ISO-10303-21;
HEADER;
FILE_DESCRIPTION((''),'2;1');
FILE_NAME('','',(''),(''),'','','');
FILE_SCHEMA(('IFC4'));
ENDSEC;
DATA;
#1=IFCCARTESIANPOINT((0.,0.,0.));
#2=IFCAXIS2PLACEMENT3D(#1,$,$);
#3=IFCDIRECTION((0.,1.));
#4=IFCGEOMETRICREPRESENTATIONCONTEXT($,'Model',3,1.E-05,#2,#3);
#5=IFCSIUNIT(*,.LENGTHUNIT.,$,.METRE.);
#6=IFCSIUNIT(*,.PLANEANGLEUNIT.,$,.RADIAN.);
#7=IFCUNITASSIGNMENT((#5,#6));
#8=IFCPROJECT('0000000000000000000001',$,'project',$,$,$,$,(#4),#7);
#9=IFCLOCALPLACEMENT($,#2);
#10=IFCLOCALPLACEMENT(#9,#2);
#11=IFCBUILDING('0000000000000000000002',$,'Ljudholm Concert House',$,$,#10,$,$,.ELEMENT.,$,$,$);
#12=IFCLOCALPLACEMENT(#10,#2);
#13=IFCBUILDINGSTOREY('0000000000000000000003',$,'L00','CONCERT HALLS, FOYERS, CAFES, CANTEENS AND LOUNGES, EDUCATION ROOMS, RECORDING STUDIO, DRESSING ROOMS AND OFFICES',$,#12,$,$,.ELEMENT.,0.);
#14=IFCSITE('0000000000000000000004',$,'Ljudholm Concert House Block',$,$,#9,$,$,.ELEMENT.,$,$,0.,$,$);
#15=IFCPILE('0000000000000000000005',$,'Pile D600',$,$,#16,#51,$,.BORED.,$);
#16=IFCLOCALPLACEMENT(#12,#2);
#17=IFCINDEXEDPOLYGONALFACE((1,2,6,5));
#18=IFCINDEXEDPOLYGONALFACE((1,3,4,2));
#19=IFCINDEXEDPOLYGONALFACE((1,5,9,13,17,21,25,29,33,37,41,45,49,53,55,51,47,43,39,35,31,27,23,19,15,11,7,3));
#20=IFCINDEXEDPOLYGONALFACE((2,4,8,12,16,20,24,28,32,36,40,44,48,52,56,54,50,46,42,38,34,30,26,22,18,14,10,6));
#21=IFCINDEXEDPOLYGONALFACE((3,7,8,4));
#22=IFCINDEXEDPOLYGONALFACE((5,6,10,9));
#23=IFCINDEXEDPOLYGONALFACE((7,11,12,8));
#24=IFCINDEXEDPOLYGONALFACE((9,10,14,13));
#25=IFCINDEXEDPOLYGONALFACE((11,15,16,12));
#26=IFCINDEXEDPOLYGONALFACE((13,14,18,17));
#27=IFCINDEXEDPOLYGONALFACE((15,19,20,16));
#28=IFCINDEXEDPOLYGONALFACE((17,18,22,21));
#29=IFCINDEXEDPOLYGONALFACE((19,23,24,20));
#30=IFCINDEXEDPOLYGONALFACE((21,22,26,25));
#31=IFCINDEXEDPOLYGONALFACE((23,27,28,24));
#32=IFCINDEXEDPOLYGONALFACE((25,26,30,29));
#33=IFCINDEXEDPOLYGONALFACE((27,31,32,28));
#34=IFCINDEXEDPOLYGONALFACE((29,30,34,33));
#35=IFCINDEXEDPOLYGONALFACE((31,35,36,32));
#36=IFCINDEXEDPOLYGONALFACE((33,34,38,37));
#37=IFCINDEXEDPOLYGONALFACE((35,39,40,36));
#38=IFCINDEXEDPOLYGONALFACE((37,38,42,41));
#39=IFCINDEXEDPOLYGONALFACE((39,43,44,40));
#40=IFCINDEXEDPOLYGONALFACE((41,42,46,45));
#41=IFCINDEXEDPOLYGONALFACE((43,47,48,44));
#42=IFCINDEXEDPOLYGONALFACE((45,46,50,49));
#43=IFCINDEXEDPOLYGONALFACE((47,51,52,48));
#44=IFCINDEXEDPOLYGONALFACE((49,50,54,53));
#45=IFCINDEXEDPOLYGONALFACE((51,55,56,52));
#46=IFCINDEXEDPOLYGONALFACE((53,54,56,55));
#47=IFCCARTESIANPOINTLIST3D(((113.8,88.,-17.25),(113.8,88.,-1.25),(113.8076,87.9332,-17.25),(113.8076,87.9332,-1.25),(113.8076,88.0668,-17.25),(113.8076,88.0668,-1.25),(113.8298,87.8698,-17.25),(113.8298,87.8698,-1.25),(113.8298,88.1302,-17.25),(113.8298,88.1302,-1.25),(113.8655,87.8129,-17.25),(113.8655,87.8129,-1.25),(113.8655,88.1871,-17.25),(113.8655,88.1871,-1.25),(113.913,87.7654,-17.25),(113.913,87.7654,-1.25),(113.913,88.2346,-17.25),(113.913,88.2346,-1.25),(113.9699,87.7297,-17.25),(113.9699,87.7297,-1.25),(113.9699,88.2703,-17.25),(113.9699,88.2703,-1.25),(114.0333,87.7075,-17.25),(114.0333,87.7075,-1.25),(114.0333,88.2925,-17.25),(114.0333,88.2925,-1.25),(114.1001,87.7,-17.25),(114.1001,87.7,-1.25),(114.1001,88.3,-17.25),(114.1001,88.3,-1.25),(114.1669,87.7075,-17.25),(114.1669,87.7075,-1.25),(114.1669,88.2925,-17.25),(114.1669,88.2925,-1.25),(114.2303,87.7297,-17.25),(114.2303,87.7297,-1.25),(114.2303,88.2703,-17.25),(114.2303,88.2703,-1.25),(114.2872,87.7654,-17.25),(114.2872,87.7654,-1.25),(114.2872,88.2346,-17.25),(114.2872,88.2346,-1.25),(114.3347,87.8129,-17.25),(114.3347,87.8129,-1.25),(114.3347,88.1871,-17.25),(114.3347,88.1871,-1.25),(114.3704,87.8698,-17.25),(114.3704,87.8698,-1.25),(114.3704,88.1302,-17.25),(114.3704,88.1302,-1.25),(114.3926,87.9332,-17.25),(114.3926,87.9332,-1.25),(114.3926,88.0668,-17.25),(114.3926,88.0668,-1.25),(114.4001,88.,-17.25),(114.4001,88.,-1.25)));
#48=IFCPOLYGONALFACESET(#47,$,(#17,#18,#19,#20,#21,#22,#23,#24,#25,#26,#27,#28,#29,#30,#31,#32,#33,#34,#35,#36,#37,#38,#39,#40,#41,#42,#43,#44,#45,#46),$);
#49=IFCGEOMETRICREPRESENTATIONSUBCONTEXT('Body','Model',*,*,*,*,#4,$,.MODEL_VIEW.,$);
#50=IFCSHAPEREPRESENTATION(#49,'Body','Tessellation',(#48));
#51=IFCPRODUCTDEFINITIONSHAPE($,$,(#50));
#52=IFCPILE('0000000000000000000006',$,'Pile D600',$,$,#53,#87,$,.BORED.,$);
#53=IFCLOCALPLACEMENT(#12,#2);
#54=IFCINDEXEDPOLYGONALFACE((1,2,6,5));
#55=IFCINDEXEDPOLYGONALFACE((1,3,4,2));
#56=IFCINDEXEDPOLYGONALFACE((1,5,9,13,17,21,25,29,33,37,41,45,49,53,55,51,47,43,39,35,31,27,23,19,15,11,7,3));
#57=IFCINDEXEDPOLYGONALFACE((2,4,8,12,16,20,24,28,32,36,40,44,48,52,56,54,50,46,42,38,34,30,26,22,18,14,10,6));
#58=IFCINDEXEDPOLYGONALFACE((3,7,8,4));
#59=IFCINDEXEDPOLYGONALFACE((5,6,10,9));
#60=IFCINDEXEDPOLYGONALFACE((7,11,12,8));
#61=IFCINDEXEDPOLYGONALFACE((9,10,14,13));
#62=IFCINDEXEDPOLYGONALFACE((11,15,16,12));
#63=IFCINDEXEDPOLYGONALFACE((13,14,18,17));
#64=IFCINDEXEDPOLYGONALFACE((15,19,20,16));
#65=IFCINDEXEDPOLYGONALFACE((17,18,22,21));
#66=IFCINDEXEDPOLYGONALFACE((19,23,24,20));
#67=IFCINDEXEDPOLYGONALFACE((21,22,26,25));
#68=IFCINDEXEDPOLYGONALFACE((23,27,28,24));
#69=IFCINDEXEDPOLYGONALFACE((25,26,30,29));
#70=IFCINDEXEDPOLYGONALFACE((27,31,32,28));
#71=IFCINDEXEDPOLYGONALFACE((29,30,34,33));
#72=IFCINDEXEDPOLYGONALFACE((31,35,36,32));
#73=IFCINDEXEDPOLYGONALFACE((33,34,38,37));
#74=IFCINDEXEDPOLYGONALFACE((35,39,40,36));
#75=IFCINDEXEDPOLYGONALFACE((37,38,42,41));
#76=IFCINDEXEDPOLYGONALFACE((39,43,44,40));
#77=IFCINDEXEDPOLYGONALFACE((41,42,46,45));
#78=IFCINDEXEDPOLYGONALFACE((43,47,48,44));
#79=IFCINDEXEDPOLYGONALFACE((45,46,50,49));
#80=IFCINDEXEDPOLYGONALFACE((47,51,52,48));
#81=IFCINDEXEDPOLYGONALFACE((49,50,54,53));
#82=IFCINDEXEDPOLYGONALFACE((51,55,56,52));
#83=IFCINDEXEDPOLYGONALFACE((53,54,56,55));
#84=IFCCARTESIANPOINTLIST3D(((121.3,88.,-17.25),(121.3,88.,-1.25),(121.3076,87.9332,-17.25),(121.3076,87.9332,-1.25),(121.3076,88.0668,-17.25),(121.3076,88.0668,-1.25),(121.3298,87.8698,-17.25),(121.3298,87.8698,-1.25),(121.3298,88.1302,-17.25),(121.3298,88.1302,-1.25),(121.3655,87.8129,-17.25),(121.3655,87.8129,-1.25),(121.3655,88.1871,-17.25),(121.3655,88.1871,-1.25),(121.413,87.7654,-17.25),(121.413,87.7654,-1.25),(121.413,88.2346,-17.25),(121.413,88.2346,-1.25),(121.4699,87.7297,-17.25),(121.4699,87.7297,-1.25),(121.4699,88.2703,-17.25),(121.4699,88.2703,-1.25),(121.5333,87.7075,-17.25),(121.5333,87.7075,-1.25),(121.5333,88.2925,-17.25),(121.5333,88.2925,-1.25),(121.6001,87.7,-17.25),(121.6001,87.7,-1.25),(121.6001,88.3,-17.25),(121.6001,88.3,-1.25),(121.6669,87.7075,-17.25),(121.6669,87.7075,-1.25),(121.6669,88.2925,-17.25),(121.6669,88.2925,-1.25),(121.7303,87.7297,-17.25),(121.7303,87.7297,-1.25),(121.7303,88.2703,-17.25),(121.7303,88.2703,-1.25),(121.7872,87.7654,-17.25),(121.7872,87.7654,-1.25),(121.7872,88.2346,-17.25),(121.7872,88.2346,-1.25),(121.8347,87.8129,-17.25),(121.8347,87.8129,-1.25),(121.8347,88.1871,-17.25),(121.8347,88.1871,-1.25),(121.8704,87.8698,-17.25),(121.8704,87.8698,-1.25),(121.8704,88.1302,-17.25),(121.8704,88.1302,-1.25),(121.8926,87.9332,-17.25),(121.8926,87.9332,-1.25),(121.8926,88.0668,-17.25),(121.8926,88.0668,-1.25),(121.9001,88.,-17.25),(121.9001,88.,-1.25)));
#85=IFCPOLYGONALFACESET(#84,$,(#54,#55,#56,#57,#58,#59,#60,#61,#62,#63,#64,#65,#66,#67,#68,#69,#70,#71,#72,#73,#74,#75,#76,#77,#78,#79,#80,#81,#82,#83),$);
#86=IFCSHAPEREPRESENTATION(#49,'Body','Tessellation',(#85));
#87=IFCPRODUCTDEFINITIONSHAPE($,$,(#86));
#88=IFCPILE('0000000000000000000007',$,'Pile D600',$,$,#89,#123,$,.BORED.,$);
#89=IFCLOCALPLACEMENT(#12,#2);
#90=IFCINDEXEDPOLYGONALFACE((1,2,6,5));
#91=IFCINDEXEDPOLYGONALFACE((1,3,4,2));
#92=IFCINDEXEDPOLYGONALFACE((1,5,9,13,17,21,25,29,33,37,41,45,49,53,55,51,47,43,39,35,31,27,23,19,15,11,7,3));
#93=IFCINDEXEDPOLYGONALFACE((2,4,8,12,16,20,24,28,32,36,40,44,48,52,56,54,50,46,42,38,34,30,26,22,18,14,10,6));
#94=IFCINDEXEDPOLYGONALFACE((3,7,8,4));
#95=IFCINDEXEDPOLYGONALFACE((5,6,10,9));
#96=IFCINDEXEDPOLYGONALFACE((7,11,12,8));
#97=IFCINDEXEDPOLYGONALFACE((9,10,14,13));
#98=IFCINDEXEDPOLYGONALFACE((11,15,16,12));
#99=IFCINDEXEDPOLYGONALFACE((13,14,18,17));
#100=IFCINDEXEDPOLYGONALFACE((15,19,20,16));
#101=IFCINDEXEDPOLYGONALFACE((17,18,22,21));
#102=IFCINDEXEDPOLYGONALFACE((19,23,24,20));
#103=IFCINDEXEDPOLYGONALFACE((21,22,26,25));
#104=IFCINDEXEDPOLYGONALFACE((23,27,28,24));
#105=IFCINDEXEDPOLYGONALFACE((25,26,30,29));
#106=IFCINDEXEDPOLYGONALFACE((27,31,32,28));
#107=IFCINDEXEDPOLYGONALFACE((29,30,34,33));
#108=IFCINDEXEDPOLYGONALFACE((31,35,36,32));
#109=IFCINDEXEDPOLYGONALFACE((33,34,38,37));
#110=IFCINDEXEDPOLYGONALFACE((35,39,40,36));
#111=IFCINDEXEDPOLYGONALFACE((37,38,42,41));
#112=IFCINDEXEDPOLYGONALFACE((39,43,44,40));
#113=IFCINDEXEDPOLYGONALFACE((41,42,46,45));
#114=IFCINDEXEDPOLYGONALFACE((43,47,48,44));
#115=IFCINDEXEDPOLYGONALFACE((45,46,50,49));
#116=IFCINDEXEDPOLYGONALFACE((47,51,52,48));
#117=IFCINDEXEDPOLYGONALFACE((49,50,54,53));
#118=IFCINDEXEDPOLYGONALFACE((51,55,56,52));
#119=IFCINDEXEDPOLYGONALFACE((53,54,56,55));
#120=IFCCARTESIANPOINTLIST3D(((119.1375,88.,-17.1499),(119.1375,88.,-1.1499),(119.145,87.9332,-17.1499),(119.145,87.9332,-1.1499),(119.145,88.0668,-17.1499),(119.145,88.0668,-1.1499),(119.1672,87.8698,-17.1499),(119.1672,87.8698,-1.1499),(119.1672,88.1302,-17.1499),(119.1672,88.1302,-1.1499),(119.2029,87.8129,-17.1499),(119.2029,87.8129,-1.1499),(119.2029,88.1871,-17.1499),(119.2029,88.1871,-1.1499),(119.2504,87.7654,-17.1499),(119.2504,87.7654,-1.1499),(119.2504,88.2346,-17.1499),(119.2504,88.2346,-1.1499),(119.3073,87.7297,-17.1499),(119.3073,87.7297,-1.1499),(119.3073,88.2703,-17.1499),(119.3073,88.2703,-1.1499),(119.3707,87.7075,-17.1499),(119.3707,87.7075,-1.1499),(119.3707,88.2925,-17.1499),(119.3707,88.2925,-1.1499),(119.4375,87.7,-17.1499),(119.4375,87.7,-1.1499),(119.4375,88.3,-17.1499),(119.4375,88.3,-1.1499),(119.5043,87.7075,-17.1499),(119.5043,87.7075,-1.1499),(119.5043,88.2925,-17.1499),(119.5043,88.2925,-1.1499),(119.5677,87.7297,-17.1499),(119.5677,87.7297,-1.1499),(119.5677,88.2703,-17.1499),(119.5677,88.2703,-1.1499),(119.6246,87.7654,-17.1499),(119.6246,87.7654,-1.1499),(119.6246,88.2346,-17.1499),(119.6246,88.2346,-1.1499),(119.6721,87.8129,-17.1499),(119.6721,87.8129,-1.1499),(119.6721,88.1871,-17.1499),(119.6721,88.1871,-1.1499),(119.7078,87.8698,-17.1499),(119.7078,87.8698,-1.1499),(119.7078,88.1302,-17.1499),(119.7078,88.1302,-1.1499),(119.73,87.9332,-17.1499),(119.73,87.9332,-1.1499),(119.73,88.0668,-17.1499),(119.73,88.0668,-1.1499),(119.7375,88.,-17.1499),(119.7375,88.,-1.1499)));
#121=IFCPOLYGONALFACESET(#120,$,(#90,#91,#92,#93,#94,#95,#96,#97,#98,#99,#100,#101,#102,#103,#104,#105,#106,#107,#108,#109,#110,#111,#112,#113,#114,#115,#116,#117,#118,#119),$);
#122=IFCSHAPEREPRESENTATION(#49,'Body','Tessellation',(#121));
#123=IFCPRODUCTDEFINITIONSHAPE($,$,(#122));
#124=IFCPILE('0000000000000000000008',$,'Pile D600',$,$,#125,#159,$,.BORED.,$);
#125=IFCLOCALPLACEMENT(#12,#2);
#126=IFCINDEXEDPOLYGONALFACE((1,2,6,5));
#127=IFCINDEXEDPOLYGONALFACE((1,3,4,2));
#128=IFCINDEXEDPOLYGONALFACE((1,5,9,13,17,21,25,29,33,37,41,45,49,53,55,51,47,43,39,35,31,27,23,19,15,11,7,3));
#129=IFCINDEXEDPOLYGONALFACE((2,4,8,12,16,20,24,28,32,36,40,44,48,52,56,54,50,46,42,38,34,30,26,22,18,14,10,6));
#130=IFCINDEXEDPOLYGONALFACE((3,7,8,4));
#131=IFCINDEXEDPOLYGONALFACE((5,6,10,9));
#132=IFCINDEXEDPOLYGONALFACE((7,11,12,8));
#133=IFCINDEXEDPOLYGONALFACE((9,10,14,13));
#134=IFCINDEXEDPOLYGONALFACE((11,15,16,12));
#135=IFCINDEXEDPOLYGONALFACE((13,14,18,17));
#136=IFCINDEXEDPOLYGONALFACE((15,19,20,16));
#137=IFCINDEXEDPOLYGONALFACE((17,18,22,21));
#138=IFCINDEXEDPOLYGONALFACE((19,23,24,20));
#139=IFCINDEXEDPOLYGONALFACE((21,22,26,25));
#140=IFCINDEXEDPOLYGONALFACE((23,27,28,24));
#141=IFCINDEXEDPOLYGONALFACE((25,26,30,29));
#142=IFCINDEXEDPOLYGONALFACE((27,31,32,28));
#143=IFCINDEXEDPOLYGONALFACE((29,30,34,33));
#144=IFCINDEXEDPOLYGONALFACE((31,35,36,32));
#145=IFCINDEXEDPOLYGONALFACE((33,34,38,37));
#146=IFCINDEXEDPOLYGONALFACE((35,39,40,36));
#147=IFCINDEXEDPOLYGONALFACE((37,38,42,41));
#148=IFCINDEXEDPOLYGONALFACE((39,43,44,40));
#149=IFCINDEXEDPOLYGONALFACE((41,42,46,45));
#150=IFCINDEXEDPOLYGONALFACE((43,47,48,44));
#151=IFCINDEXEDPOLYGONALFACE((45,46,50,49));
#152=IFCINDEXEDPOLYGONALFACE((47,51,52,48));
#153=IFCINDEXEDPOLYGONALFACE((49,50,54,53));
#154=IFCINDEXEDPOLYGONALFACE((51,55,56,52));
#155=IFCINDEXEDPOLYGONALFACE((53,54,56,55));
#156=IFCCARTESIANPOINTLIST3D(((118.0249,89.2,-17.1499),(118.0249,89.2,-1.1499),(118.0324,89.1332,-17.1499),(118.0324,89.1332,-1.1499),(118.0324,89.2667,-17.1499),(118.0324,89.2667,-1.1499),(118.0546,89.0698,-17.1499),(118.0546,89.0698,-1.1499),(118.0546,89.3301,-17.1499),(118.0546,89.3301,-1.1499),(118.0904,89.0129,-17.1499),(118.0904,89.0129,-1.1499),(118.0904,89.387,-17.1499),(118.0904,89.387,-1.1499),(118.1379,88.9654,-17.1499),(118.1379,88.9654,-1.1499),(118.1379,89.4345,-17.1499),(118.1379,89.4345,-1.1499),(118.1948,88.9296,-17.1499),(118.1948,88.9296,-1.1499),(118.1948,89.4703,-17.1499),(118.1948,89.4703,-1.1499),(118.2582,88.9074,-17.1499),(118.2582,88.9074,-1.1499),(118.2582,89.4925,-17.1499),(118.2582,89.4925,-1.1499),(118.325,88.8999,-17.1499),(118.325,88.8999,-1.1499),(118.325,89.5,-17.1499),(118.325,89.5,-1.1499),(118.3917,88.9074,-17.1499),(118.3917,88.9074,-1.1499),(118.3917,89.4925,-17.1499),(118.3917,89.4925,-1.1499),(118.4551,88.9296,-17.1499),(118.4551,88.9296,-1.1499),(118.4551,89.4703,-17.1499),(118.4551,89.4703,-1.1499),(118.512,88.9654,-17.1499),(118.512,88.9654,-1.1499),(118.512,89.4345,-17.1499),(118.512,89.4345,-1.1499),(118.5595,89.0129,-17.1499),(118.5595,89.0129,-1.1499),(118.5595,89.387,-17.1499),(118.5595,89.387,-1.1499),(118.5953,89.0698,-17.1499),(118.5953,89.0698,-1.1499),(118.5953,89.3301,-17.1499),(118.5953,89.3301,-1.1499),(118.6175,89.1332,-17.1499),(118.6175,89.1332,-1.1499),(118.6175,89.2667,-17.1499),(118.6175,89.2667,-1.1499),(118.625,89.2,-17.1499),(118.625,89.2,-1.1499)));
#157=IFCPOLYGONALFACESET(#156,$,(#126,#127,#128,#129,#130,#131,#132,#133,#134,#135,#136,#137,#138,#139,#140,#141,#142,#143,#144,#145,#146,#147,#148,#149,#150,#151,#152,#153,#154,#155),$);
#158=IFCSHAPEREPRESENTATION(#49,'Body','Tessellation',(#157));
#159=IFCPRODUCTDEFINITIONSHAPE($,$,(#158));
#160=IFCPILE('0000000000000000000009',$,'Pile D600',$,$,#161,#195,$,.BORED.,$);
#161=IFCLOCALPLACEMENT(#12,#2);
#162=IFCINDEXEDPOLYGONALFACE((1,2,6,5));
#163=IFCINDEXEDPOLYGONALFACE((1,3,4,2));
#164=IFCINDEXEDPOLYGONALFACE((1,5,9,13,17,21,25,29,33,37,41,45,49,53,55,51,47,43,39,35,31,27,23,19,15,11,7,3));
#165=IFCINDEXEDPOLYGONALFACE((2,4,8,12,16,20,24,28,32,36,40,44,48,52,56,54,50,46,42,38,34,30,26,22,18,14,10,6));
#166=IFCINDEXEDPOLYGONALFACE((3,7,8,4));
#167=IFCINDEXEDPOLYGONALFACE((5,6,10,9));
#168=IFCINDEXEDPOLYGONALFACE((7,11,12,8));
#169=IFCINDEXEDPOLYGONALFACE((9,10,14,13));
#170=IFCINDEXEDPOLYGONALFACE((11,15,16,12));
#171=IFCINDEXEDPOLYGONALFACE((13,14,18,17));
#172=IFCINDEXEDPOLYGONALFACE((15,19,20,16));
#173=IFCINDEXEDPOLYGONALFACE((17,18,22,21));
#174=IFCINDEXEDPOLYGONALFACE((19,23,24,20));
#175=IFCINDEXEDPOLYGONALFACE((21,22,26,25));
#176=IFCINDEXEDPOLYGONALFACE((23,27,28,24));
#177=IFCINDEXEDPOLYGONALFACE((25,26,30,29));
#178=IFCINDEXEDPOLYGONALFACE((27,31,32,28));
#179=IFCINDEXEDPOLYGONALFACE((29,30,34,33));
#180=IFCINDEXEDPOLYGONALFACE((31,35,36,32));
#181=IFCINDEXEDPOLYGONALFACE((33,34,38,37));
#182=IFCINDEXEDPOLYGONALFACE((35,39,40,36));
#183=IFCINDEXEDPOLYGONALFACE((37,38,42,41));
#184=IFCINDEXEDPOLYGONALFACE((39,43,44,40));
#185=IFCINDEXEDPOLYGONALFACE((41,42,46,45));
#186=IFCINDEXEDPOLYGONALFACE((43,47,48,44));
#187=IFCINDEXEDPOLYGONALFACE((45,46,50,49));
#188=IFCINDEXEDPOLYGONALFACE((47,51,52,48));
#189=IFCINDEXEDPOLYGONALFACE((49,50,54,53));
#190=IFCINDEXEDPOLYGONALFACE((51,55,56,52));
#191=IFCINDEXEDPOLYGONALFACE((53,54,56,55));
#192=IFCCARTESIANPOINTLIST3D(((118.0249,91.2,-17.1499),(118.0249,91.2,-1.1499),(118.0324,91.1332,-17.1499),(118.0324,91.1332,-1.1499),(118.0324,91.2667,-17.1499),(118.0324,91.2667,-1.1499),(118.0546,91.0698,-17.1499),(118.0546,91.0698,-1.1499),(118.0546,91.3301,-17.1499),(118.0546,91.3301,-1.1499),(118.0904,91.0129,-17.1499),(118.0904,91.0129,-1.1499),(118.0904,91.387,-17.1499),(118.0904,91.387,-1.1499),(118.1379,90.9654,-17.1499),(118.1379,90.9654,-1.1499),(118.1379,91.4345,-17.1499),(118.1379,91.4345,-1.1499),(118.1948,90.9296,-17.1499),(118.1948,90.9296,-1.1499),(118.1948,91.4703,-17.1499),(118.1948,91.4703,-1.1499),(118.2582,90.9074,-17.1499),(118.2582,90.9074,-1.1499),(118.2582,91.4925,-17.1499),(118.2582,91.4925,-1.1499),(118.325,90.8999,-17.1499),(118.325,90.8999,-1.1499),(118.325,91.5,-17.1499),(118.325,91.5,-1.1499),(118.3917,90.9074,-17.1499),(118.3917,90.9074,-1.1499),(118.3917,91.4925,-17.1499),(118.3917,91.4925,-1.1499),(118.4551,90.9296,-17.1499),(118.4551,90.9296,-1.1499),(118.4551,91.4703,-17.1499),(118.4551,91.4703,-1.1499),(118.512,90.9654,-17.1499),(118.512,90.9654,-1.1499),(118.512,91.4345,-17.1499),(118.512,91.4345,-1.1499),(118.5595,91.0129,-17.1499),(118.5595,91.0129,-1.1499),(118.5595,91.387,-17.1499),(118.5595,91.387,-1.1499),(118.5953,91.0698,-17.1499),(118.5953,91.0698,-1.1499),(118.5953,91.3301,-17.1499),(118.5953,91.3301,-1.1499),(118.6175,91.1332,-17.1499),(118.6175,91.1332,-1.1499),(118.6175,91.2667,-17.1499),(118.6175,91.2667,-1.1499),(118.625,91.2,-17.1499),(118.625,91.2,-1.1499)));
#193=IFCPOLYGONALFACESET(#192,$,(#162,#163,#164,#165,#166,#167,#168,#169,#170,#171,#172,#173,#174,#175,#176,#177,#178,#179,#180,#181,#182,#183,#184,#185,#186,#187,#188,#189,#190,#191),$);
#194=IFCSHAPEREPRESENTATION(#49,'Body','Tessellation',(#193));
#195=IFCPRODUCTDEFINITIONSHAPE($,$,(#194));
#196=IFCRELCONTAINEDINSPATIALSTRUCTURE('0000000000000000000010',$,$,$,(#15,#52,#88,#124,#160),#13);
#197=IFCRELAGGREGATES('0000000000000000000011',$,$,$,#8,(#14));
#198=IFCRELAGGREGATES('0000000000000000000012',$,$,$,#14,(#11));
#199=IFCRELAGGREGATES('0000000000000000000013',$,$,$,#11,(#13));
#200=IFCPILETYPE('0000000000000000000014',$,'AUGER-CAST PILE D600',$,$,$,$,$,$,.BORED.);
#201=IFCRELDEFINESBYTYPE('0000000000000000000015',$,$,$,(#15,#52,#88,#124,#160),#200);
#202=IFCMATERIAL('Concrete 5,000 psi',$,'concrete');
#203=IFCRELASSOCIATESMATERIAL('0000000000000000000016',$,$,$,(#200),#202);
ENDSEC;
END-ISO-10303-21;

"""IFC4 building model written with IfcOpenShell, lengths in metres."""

from ifc_helpers import new_model, si_unit, direction, frame, origin, origin_2d, place, context, subcontext, project, spatial, circle, extrude, material, material_profile, profile_set, type_object, element, save


model = new_model("IFC4")

# Units and contexts
model_context = context("Model", 3, precision=1e-05, world=origin(), true_north=direction((0.0, 1.0)))
body_context = subcontext(model_context, "Body", "Model", "MODEL_VIEW")
ifc_project = project(units=[si_unit("LENGTHUNIT", "METRE"), si_unit("PLANEANGLEUNIT", "RADIAN")], contexts=[model_context])

# Site, building, storey
site_placement = place(None, origin())
site = spatial("IfcSite", under=ifc_project, at=site_placement, Name="Ljudholm Concert House Block", CompositionType="ELEMENT", RefElevation=0.0)
building_placement = place(site_placement, origin())
building = spatial("IfcBuilding", under=site, at=building_placement, Name="Ljudholm Concert House", CompositionType="ELEMENT")
storey_placement = place(building_placement, origin())
storey = spatial("IfcBuildingStorey", under=building, at=storey_placement, Name="L00", Description="CONCERT HALLS, FOYERS, CAFES, CANTEENS AND LOUNGES, EDUCATION ROOMS, RECORDING STUDIO, DRESSING ROOMS AND OFFICES", CompositionType="ELEMENT", Elevation=0.0)

# Piles
ifc_material_1 = material(Name="Concrete 5,000 psi", Category="concrete")
ifc_material_profile_1 = material_profile(ifc_material_1, circle(Radius=0.3, at=origin_2d()), Name="AUGER-CAST PILE D600")
ifc_profile_set_1 = profile_set([ifc_material_profile_1], Name="Concrete 5,000 psi")
pile_type = type_object("IfcPileType", Name="AUGER-CAST PILE D600", PredefinedType="BORED", material=ifc_profile_set_1)
for number, where, z_axis, x_axis, name in (
    (1, (114.1001, 88.0, -1.25), (0.0, 0.0, -1.0), (1.0, 0.0, 0.0), "Pile D600"),
    (2, (121.6001, 88.0, -1.25), (0.0, 0.0, -1.0), (1.0, 0.0, 0.0), "Pile D600"),
    (3, (119.4375, 88.0, -1.1499), (0.0, 0.0, -1.0), (1.0, 0.0, 0.0), "Pile D600"),
    (4, (118.325, 89.2, -1.1499), (0.0, 0.0, -1.0), (1.0, 0.0, 0.0), "Pile D600"),
    (5, (118.325, 91.2, -1.1499), (0.0, 0.0, -1.0), (1.0, 0.0, 0.0), "Pile D600"),
):
    element("IfcPile", number, at=place(storey_placement, frame(where, z_axis=z_axis, x_axis=x_axis)), inside=storey, type_object=pile_type, Name=name, PredefinedType="BORED", context=body_context, shape_type="SweptSolid", body=[
        extrude(circle(Radius=0.3, at=origin_2d()), origin(), (0.0, 0.0, 1.0), 16.0),
    ])

save(model, "model.ifc")
